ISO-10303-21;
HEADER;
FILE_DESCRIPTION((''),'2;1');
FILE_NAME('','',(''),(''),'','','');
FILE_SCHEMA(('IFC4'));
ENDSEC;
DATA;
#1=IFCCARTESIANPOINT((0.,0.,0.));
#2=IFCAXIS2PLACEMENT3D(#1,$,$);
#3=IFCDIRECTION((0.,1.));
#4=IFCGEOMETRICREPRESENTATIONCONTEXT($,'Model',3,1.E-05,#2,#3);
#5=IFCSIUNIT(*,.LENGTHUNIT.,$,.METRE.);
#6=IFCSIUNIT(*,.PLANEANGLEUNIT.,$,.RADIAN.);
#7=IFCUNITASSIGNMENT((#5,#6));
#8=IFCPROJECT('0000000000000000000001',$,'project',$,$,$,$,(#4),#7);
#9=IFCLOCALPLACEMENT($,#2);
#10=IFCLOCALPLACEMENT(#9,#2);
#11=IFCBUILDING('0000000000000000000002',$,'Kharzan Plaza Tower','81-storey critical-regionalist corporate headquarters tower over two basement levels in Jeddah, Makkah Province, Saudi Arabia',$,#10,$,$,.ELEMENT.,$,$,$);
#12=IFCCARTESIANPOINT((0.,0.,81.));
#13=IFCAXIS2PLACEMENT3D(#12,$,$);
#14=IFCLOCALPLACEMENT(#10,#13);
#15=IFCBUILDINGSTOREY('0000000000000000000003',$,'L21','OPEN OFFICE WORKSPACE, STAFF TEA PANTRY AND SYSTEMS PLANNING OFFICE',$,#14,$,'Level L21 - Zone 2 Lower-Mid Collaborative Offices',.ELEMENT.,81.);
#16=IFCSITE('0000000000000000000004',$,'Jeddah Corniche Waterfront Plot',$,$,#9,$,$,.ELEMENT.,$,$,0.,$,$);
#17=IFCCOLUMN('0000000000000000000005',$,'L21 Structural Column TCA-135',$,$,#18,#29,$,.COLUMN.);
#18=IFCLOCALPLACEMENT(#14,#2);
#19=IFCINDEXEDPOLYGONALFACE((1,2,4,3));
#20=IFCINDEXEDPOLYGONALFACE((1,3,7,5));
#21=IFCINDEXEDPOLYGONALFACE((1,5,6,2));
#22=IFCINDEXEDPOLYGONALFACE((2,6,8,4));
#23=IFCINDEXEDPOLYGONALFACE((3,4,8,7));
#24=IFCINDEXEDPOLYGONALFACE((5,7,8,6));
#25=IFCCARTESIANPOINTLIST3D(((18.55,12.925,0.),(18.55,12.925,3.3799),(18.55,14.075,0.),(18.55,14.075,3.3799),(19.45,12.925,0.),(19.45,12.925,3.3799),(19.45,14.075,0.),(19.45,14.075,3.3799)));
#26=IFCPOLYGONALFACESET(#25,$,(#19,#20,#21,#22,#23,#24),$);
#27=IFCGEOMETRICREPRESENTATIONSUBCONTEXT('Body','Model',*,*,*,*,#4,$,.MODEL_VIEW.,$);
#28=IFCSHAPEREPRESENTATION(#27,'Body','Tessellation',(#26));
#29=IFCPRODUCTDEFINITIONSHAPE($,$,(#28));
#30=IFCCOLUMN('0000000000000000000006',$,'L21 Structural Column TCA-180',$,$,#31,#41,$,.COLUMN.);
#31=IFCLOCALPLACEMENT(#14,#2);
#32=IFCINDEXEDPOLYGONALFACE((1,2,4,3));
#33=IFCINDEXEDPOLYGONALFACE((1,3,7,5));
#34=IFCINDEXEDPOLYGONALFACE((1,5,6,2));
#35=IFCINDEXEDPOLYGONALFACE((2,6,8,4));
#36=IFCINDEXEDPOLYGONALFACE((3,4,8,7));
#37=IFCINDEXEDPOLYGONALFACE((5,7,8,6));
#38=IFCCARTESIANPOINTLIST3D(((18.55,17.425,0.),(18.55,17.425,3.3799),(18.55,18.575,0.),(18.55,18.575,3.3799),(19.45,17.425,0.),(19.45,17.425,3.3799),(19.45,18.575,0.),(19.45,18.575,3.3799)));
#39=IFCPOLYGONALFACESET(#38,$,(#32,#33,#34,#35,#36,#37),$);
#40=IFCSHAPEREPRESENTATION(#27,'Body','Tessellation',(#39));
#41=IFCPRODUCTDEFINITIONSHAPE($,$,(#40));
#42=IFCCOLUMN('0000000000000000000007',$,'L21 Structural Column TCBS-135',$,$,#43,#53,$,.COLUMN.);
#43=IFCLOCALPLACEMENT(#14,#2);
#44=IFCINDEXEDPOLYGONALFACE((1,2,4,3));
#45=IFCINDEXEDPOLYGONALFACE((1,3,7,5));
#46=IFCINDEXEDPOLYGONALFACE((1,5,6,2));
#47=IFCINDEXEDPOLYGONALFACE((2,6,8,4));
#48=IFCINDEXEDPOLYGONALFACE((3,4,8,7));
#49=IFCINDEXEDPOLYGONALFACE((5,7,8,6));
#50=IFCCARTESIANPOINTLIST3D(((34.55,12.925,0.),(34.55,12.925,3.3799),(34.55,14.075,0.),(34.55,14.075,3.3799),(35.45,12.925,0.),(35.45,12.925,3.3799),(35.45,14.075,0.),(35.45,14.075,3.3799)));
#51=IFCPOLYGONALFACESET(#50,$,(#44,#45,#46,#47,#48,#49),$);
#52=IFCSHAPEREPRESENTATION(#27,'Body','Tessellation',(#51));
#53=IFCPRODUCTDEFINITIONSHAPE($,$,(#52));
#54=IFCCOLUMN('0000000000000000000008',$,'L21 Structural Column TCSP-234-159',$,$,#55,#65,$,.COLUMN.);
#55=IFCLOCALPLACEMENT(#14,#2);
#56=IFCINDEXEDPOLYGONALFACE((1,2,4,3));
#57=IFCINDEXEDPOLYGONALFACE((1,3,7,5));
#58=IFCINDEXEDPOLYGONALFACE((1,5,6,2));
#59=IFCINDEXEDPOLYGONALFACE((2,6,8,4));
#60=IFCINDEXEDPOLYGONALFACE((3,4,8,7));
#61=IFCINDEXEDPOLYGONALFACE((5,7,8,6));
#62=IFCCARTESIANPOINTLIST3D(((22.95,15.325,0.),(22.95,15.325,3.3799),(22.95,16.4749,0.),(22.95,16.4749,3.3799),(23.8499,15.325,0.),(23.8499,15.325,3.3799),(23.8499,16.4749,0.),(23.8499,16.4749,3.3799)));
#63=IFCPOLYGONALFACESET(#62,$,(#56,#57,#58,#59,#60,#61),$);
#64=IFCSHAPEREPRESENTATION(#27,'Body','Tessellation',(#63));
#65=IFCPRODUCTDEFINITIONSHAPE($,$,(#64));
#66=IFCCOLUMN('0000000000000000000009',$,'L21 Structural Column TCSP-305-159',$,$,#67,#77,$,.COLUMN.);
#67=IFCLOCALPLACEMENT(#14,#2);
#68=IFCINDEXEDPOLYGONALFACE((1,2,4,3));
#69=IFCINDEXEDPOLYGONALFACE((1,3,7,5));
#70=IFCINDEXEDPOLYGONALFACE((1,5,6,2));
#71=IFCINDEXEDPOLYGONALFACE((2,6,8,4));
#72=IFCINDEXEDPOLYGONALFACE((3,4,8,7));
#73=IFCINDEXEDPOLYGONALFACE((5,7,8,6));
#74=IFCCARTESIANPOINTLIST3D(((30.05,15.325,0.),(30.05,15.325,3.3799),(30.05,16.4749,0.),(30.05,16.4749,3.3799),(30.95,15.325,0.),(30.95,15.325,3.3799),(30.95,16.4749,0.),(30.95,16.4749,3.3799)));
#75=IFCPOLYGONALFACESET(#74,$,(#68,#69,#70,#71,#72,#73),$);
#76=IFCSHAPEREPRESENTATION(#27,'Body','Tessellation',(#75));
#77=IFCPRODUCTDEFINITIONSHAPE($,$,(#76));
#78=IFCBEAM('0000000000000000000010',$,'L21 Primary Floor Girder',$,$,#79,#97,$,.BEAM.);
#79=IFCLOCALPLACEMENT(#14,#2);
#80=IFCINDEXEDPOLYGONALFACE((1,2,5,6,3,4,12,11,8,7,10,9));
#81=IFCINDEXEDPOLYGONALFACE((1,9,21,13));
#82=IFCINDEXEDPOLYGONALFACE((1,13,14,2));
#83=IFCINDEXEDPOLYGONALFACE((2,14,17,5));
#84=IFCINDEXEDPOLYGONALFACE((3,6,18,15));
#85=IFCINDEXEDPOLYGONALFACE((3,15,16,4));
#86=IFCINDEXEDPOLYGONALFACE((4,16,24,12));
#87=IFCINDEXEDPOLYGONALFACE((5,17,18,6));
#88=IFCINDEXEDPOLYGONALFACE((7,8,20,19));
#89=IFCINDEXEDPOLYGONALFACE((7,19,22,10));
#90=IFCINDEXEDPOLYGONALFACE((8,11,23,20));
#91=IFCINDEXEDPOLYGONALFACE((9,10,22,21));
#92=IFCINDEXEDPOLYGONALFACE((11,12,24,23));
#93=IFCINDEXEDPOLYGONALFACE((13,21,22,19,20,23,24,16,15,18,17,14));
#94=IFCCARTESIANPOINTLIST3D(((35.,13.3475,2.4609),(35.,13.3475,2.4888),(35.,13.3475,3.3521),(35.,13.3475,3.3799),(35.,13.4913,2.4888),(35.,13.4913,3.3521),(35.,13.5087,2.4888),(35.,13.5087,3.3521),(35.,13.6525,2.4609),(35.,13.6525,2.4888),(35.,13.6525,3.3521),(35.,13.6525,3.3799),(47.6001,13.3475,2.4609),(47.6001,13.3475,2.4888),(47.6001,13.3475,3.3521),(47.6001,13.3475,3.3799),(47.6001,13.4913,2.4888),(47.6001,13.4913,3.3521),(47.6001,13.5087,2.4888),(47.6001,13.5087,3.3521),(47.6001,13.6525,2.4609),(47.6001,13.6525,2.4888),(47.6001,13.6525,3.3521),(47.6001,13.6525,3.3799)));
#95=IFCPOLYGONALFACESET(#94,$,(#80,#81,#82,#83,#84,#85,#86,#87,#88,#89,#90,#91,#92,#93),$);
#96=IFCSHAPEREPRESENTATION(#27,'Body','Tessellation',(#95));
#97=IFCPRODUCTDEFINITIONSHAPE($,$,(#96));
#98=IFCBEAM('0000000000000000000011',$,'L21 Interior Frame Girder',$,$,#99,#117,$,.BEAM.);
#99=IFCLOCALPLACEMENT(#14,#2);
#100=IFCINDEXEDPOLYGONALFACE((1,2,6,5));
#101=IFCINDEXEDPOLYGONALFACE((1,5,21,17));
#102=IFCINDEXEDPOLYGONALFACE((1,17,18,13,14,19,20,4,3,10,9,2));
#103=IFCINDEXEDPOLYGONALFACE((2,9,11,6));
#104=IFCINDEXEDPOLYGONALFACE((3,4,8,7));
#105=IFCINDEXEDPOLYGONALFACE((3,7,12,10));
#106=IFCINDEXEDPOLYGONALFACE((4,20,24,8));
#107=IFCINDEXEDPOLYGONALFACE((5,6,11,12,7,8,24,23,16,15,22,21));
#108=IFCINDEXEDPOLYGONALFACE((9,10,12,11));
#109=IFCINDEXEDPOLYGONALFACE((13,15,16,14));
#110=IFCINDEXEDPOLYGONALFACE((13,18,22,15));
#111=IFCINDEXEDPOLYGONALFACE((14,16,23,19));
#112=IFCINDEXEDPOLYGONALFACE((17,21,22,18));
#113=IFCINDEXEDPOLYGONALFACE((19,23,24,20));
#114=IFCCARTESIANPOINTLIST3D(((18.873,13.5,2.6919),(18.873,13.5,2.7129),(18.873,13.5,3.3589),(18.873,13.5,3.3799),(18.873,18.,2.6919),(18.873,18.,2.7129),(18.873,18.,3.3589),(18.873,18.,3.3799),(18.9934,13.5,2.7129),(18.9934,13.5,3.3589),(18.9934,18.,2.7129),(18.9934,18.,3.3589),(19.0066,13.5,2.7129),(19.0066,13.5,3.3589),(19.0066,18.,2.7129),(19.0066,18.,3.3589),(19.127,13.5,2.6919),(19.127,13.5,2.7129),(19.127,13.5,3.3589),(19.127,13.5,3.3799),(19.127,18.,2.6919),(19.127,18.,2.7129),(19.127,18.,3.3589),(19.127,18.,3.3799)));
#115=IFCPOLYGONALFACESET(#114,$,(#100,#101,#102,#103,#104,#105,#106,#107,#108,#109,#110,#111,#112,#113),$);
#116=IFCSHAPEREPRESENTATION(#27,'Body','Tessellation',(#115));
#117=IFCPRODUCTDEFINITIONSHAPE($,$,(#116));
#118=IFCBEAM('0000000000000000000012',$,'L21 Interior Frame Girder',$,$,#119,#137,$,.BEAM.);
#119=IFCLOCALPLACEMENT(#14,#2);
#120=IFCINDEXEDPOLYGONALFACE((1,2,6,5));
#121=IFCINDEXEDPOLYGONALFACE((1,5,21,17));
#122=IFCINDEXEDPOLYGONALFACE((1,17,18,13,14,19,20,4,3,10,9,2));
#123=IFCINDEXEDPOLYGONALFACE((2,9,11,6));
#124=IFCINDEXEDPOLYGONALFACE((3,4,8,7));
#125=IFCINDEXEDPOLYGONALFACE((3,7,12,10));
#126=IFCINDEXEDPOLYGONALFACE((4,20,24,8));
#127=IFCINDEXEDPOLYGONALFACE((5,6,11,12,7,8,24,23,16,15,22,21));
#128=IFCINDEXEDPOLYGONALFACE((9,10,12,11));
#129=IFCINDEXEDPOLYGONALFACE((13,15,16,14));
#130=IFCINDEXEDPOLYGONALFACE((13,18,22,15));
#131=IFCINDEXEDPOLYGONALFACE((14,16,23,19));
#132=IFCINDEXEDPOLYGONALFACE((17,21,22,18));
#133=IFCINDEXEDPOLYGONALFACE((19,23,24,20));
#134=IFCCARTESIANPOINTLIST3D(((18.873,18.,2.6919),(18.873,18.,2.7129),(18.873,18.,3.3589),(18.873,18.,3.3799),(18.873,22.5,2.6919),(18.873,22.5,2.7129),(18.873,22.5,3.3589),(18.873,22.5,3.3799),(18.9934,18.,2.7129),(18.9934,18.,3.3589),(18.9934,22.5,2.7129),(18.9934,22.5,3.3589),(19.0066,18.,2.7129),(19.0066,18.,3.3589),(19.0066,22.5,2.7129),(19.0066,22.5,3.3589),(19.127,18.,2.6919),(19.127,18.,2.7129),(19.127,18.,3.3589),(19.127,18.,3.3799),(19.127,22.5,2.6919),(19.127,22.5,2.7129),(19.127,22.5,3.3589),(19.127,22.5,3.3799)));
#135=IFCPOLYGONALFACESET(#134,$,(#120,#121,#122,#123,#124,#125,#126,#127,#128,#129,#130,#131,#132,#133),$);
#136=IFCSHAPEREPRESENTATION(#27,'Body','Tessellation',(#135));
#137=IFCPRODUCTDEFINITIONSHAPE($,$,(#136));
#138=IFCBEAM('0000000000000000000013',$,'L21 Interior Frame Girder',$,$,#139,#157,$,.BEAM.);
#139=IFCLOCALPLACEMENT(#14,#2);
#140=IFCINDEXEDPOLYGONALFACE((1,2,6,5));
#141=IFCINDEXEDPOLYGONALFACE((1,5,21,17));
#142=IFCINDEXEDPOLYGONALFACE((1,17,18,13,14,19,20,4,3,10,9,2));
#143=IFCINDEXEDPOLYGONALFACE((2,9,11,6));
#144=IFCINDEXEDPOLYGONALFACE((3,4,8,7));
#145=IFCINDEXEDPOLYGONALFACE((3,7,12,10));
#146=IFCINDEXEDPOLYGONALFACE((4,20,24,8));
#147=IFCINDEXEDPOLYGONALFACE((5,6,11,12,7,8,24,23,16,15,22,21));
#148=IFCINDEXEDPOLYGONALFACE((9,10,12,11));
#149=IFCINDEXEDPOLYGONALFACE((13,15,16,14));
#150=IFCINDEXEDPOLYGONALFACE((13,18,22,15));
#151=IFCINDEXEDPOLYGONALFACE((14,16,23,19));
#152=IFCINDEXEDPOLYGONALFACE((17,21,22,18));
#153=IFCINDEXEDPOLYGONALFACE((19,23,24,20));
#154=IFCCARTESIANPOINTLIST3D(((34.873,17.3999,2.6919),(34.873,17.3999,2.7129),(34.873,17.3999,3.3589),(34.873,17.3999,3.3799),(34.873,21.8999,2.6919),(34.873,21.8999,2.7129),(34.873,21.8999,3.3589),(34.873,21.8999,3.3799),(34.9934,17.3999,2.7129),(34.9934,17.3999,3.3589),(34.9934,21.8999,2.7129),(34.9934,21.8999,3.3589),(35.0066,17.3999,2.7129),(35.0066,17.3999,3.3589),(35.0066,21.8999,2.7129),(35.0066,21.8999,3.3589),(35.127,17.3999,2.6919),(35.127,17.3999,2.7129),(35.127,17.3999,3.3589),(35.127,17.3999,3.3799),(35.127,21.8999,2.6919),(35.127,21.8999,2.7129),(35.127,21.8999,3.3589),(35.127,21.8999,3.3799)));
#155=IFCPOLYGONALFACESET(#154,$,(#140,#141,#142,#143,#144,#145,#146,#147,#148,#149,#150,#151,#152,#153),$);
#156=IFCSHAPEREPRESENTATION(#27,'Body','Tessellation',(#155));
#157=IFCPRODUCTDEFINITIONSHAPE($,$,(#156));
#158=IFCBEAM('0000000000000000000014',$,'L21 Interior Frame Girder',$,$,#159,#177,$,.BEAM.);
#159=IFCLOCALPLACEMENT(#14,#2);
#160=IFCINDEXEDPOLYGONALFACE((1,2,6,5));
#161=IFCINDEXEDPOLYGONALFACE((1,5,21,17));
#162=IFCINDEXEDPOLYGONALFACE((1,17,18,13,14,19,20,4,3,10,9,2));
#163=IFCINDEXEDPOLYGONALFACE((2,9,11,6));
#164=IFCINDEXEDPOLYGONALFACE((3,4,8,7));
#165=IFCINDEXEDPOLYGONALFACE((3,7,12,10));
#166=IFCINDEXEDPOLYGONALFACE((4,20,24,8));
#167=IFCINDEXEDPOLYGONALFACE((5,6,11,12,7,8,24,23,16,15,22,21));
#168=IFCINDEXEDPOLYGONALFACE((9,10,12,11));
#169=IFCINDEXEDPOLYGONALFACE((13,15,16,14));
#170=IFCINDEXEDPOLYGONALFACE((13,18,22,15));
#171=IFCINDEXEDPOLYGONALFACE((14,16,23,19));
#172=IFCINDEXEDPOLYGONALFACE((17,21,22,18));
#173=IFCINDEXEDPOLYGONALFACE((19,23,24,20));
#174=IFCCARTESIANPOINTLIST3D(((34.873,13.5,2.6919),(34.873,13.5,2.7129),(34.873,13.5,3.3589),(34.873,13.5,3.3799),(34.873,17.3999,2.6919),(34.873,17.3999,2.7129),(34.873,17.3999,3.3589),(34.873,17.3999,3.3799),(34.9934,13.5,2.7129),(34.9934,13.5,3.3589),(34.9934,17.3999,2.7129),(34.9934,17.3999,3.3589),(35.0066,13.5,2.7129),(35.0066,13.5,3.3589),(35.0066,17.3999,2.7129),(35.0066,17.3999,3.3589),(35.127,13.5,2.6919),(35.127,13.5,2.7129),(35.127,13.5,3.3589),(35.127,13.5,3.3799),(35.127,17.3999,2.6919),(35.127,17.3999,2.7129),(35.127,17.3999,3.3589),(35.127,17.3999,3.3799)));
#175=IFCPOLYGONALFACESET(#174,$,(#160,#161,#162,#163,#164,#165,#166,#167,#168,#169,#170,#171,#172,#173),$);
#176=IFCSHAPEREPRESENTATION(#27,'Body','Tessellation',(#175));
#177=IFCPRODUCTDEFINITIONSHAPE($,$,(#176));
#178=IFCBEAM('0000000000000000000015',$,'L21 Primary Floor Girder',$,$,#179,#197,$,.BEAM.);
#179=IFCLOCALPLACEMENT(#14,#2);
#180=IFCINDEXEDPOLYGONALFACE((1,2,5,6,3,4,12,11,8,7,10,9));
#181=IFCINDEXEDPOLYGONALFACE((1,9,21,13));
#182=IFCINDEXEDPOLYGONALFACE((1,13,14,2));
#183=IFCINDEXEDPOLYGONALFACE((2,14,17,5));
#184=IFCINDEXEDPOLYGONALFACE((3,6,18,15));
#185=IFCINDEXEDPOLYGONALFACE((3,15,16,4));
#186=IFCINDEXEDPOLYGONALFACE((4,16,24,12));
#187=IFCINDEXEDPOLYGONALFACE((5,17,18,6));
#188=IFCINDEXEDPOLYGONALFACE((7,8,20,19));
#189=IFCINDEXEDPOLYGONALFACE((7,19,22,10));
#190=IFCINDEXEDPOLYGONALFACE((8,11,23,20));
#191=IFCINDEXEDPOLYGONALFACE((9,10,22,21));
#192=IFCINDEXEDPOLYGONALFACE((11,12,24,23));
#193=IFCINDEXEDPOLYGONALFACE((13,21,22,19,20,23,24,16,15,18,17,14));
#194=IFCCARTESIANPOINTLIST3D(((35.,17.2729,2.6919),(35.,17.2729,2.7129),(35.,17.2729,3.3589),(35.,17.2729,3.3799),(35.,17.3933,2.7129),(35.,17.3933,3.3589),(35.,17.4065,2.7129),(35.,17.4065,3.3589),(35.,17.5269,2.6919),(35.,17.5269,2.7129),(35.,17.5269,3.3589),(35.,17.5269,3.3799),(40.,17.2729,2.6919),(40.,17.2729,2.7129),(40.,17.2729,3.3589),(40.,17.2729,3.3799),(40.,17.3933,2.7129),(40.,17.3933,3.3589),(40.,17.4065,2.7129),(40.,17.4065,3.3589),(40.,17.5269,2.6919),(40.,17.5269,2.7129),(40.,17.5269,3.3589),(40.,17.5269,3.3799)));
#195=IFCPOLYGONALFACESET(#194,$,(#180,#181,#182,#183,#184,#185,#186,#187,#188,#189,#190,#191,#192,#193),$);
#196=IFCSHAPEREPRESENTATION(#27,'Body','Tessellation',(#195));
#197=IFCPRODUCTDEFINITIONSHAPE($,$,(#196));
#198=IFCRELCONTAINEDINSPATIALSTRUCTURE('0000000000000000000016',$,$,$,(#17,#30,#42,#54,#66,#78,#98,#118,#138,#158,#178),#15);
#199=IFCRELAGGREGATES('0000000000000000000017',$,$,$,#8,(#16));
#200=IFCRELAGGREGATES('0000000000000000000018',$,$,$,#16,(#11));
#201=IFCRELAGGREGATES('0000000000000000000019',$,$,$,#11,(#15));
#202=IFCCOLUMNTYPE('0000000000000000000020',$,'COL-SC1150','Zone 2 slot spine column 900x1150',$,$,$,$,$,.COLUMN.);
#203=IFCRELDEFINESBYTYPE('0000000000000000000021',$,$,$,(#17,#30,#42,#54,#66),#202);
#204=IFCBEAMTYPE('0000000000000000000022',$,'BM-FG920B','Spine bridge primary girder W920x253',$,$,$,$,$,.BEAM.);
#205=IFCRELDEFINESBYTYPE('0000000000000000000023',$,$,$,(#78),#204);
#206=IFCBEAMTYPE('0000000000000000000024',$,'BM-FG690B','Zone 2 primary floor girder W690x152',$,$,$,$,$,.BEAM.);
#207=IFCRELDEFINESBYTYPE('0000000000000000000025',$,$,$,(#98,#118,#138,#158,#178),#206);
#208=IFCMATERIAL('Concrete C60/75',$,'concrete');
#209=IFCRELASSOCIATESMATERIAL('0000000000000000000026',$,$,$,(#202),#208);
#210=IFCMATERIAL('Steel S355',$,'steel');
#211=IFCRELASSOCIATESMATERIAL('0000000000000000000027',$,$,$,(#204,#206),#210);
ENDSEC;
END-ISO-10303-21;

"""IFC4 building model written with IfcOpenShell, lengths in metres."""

from ifc_helpers import new_model, si_unit, direction, frame, origin, origin_2d, place, context, subcontext, project, spatial, rectangle, i_section, extrude, source, transform, mapped, material, material_profile, profile_set, type_object, element, save


model = new_model("IFC4")

# Units and contexts
model_context = context("Model", 3, precision=1e-05, world=origin(), true_north=direction((0.0, 1.0)))
body_context = subcontext(model_context, "Body", "Model", "MODEL_VIEW")
ifc_project = project(units=[si_unit("LENGTHUNIT", "METRE"), si_unit("PLANEANGLEUNIT", "RADIAN")], contexts=[model_context])

# Site, building, storey
site_placement = place(None, origin())
site = spatial("IfcSite", under=ifc_project, at=site_placement, Name="Jeddah Corniche Waterfront Plot", CompositionType="ELEMENT", RefElevation=0.0)
building_placement = place(site_placement, origin())
building = spatial("IfcBuilding", under=site, at=building_placement, Name="Kharzan Plaza Tower", Description="81-storey critical-regionalist corporate headquarters tower over two basement levels in Jeddah, Makkah Province, Saudi Arabia", CompositionType="ELEMENT")
storey_placement = place(building_placement, frame((0.0, 0.0, 81.0)))
storey = spatial("IfcBuildingStorey", under=building, at=storey_placement, Name="L21", Description="OPEN OFFICE WORKSPACE, STAFF TEA PANTRY AND SYSTEMS PLANNING OFFICE", LongName="Level L21 - Zone 2 Lower-Mid Collaborative Offices", CompositionType="ELEMENT", Elevation=81.0)

# Columns
ifc_material_1 = material(Name="Concrete C60/75", Category="concrete")
ifc_material_profile_1 = material_profile(ifc_material_1, rectangle(XDim=0.8999, YDim=1.1499, at=origin_2d()), Name="RC-SC1150x900")
ifc_profile_set_1 = profile_set([ifc_material_profile_1], Name="Concrete C60/75")
column_type = type_object("IfcColumnType", Name="COL-SC1150", Description="Zone 2 slot spine column 900x1150", PredefinedType="COLUMN", material=ifc_profile_set_1)
shared_shape_1 = source(origin(), body_context, "Body", "SweptSolid", [
    extrude(rectangle(XDim=0.8999, YDim=1.1499, at=origin_2d()), origin(), (0.0, 0.0, 1.0), 3.3799),
])
for number, where, z_axis, x_axis, name in (
    (1, (19.0, 13.5, 0.0), (0.0, 0.0, 1.0), (1.0, 0.0, 0.0), "L21 Structural Column TCA-135"),
    (2, (19.0, 18.0, 0.0), (0.0, 0.0, 1.0), (1.0, 0.0, 0.0), "L21 Structural Column TCA-180"),
    (3, (35.0, 13.5, 0.0), (0.0, 0.0, 1.0), (1.0, 0.0, 0.0), "L21 Structural Column TCBS-135"),
    (4, (23.3999, 15.8999, 0.0), (0.0, 0.0, 1.0), (1.0, 0.0, 0.0), "L21 Structural Column TCSP-234-159"),
    (5, (30.5, 15.8999, 0.0), (0.0, 0.0, 1.0), (1.0, 0.0, 0.0), "L21 Structural Column TCSP-305-159"),
):
    element("IfcColumn", number, at=place(storey_placement, frame(where, z_axis=z_axis, x_axis=x_axis)), inside=storey, type_object=column_type, Name=name, PredefinedType="COLUMN", context=body_context, shape_type="MappedRepresentation", body=[
        mapped(shared_shape_1, transform((0.0, 0.0, 0.0), x_axis=(1.0, 0.0, 0.0), y_axis=(0.0, 1.0, 0.0), z_axis=(0.0, 0.0, 1.0))),
    ])

# Beams
ifc_material_2 = material(Name="Steel S355", Category="steel")
ifc_material_profile_2 = material_profile(ifc_material_2, i_section(OverallWidth=0.3049, OverallDepth=0.9189, WebThickness=0.0173, FlangeThickness=0.0278, at=origin_2d()), Name="W920x253")
ifc_profile_set_2 = profile_set([ifc_material_profile_2], Name="Steel S355")
beam_type_1 = type_object("IfcBeamType", Name="BM-FG920B", Description="Spine bridge primary girder W920x253", PredefinedType="BEAM", material=ifc_profile_set_2)
shared_shape_2 = source(origin(), body_context, "Body", "SweptSolid", [
    extrude(i_section(OverallWidth=0.3049, OverallDepth=0.9189, WebThickness=0.0173, FlangeThickness=0.0278, at=origin_2d()), origin(), (0.0, 0.0, 1.0), 12.6001),
])
beam_1_placement = place(storey_placement, frame((35.0, 13.5, 2.9204), z_axis=(1.0, 0.0, 0.0), x_axis=(0.0, 1.0, 0.0)))
element("IfcBeam", 6, at=beam_1_placement, inside=storey, type_object=beam_type_1, Name="L21 Primary Floor Girder", PredefinedType="BEAM", context=body_context, shape_type="MappedRepresentation", body=[
    mapped(shared_shape_2, transform((0.0, 0.0, 0.0), x_axis=(1.0, 0.0, 0.0), y_axis=(0.0, 1.0, 0.0), z_axis=(0.0, 0.0, 1.0))),
])
ifc_material_profile_3 = material_profile(ifc_material_2, i_section(OverallWidth=0.2539, OverallDepth=0.688, WebThickness=0.0132, FlangeThickness=0.021, at=origin_2d()), Name="W690x152")
ifc_profile_set_3 = profile_set([ifc_material_profile_3], Name="Steel S355")
beam_type_2 = type_object("IfcBeamType", Name="BM-FG690B", Description="Zone 2 primary floor girder W690x152", PredefinedType="BEAM", material=ifc_profile_set_3)
shared_shape_3 = source(origin(), body_context, "Body", "SweptSolid", [
    extrude(i_section(OverallWidth=0.2539, OverallDepth=0.688, WebThickness=0.0132, FlangeThickness=0.021, at=origin_2d()), origin(), (0.0, 0.0, 1.0), 4.5),
])
for number, where, z_axis, x_axis, name in (
    (7, (19.0, 13.5, 3.0359), (0.0, 1.0, 0.0), (-1.0, 0.0, 0.0), "L21 Interior Frame Girder"),
    (8, (19.0, 18.0, 3.0359), (0.0, 1.0, 0.0), (-1.0, 0.0, 0.0), "L21 Interior Frame Girder"),
    (9, (35.0, 17.3999, 3.0359), (0.0, 1.0, 0.0), (-1.0, 0.0, 0.0), "L21 Interior Frame Girder"),
):
    element("IfcBeam", number, at=place(storey_placement, frame(where, z_axis=z_axis, x_axis=x_axis)), inside=storey, type_object=beam_type_2, Name=name, PredefinedType="BEAM", context=body_context, shape_type="MappedRepresentation", body=[
        mapped(shared_shape_3, transform((0.0, 0.0, 0.0), x_axis=(1.0, 0.0, 0.0), y_axis=(0.0, 1.0, 0.0), z_axis=(0.0, 0.0, 1.0))),
    ])
shared_shape_4 = source(origin(), body_context, "Body", "SweptSolid", [
    extrude(i_section(OverallWidth=0.2539, OverallDepth=0.688, WebThickness=0.0132, FlangeThickness=0.021, at=origin_2d()), origin(), (0.0, 0.0, 1.0), 3.8999),
])
beam_2_placement = place(storey_placement, frame((35.0, 13.5, 3.0359), z_axis=(0.0, 1.0, 0.0), x_axis=(-1.0, 0.0, 0.0)))
element("IfcBeam", 10, at=beam_2_placement, inside=storey, type_object=beam_type_2, Name="L21 Interior Frame Girder", PredefinedType="BEAM", context=body_context, shape_type="MappedRepresentation", body=[
    mapped(shared_shape_4, transform((0.0, 0.0, 0.0), x_axis=(1.0, 0.0, 0.0), y_axis=(0.0, 1.0, 0.0), z_axis=(0.0, 0.0, 1.0))),
])
shared_shape_5 = source(origin(), body_context, "Body", "SweptSolid", [
    extrude(i_section(OverallWidth=0.2539, OverallDepth=0.688, WebThickness=0.0132, FlangeThickness=0.021, at=origin_2d()), origin(), (0.0, 0.0, 1.0), 5.0),
])
beam_3_placement = place(storey_placement, frame((35.0, 17.3999, 3.0359), z_axis=(1.0, 0.0, 0.0), x_axis=(0.0, 1.0, 0.0)))
element("IfcBeam", 11, at=beam_3_placement, inside=storey, type_object=beam_type_2, Name="L21 Primary Floor Girder", PredefinedType="BEAM", context=body_context, shape_type="MappedRepresentation", body=[
    mapped(shared_shape_5, transform((0.0, 0.0, 0.0), x_axis=(1.0, 0.0, 0.0), y_axis=(0.0, 1.0, 0.0), z_axis=(0.0, 0.0, 1.0))),
])

save(model, "model.ifc")
